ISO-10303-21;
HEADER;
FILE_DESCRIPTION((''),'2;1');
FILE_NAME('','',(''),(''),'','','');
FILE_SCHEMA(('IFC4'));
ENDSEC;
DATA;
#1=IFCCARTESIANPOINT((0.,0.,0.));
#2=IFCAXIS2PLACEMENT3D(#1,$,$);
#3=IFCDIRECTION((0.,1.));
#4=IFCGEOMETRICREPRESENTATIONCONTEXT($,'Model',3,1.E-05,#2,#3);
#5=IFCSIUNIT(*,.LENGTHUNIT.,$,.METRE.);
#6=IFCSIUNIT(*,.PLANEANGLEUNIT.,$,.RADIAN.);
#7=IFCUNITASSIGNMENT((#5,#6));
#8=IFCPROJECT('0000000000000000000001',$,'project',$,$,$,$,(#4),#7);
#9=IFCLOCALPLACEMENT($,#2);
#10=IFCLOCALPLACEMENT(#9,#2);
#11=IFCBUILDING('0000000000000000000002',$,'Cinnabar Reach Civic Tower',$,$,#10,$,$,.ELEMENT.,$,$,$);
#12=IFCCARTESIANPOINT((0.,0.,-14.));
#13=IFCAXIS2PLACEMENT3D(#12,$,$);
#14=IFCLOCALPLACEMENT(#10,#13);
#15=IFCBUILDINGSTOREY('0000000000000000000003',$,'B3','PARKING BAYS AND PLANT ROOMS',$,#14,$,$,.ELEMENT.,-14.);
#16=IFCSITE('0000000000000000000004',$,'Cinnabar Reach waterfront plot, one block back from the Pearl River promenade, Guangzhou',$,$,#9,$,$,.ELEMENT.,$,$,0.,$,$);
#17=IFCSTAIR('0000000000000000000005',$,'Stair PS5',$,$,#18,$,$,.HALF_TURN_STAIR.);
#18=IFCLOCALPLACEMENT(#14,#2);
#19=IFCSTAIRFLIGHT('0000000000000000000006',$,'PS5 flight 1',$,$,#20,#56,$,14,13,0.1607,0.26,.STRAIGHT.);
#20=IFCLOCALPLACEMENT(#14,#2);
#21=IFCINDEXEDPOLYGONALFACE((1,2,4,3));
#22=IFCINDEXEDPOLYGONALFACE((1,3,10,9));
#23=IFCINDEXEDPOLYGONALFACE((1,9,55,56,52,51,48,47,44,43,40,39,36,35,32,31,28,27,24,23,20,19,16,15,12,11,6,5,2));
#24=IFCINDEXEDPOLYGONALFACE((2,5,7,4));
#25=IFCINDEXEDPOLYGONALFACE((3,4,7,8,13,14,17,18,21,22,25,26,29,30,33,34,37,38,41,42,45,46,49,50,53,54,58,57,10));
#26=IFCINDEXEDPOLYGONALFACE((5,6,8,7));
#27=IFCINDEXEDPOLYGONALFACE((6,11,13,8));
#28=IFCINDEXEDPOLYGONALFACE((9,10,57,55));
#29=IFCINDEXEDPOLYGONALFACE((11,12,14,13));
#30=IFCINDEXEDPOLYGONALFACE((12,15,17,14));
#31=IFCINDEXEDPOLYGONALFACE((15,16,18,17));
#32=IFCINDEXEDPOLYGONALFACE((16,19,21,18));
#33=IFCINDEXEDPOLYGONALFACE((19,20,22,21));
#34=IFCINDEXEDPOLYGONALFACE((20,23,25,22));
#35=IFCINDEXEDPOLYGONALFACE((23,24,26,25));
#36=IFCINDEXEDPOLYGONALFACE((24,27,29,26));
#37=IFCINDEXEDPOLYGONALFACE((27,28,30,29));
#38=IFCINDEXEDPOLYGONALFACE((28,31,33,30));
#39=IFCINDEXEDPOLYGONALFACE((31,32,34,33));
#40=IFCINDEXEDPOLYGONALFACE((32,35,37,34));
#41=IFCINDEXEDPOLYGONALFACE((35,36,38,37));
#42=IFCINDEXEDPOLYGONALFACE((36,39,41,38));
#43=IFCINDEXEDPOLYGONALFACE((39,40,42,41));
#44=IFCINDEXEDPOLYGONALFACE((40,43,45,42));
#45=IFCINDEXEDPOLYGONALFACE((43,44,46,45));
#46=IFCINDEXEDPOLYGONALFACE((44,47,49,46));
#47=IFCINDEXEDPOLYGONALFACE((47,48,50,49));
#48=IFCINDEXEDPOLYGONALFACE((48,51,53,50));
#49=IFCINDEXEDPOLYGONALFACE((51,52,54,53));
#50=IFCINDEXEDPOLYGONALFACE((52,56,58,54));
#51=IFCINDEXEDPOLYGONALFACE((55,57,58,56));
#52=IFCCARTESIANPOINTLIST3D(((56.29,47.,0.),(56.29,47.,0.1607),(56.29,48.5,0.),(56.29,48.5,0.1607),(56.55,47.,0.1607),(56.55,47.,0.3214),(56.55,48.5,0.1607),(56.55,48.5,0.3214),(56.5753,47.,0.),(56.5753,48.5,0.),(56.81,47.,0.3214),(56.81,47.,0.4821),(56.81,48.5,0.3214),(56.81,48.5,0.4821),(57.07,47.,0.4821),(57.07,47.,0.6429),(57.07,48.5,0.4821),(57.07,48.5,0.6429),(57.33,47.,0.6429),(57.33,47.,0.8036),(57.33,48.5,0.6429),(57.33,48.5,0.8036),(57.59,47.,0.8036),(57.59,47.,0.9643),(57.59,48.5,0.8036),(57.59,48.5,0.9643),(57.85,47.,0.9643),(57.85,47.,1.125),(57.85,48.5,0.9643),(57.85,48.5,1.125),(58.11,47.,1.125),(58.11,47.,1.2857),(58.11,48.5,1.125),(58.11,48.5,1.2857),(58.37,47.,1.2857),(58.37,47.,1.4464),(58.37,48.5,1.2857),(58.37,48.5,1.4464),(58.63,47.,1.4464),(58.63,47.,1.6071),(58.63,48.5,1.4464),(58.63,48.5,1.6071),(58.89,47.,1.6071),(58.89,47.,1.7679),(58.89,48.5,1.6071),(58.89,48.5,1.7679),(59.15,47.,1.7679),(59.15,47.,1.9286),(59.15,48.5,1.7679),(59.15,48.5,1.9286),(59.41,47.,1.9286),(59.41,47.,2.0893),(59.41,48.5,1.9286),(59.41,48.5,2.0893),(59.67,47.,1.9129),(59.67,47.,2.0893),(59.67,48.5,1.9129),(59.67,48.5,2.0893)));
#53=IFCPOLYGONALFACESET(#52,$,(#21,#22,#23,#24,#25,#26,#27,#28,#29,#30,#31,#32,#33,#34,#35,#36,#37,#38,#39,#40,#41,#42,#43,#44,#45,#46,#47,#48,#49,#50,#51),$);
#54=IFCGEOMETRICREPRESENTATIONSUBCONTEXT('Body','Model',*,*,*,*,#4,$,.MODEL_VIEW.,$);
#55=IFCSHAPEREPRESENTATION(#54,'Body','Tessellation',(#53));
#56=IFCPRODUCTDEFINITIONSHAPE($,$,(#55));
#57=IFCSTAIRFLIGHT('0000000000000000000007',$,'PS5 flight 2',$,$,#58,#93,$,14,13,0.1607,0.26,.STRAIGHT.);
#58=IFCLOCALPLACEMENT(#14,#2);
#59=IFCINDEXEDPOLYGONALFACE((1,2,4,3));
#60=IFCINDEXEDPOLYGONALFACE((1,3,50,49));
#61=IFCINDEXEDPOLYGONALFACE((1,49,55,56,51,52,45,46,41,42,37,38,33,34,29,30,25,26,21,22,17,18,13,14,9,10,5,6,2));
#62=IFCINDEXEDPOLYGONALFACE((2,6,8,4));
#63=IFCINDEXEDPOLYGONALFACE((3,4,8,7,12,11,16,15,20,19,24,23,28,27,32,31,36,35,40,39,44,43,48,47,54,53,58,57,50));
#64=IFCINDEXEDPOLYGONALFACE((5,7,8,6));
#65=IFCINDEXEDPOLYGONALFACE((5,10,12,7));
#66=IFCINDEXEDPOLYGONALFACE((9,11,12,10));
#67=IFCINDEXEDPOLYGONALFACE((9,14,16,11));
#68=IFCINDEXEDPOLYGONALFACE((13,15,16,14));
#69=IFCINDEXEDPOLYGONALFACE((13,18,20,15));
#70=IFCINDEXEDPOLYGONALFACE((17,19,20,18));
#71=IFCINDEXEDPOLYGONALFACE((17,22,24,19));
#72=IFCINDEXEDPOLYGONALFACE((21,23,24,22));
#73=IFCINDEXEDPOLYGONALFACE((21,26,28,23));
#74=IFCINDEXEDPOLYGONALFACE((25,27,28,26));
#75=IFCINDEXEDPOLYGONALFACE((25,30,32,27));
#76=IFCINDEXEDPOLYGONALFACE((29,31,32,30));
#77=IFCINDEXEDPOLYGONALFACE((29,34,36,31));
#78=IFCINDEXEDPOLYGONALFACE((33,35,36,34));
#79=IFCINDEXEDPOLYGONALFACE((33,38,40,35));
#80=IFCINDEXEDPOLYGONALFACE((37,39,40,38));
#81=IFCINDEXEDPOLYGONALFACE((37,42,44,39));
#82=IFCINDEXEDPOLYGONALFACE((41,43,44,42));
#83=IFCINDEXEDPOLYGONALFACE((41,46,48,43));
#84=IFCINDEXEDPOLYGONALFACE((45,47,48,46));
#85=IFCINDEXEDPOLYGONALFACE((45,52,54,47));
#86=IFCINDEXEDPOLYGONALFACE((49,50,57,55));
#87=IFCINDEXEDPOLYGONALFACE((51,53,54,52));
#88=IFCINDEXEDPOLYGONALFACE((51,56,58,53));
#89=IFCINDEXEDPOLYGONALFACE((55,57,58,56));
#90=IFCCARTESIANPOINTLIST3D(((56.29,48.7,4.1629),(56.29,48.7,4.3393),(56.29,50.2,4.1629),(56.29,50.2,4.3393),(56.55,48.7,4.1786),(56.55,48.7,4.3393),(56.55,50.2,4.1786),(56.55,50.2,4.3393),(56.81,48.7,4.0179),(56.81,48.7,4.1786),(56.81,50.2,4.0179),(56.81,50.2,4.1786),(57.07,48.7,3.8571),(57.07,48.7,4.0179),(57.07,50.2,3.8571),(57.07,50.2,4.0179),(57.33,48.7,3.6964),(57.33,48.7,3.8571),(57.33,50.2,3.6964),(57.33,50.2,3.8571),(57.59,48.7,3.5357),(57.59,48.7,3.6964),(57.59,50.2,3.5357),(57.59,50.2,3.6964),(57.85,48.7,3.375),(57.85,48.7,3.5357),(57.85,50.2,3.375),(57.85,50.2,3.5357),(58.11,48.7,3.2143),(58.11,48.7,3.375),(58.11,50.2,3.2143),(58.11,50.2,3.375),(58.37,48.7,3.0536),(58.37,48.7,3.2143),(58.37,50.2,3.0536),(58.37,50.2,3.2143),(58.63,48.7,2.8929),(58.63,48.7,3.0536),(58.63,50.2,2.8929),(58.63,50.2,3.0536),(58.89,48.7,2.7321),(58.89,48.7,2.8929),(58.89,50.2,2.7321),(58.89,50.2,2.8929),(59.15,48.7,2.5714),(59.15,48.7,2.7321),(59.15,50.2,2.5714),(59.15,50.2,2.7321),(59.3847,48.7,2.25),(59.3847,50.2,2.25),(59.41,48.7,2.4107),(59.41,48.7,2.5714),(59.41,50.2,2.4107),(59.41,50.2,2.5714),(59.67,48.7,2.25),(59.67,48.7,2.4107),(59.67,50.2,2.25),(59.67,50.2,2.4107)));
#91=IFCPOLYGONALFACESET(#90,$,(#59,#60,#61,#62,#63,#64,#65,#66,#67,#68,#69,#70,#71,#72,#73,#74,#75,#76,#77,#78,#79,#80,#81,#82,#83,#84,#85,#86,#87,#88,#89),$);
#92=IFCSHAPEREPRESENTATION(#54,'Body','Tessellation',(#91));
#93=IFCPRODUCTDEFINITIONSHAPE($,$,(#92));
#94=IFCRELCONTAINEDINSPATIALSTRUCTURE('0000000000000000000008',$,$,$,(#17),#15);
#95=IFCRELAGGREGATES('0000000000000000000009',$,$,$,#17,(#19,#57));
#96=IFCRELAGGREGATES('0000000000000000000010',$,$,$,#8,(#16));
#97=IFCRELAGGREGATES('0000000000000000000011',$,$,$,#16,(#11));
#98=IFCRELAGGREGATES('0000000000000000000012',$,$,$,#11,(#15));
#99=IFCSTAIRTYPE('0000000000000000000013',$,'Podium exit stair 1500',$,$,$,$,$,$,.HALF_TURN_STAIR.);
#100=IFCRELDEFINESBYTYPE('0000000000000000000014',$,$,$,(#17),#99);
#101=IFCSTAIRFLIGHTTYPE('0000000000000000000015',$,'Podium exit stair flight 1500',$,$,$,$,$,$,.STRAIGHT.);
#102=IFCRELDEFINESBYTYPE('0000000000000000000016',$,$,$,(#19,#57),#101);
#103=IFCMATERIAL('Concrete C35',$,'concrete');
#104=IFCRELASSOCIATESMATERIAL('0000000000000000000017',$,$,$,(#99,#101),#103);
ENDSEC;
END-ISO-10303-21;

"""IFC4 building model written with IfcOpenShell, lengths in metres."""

from ifc_helpers import new_model, si_unit, direction, frame, origin, place, context, subcontext, project, spatial, polyline, outline, extrude, material, type_object, element, aggregate, save


model = new_model("IFC4")

# Units and contexts
model_context = context("Model", 3, precision=1e-05, world=origin(), true_north=direction((0.0, 1.0)))
body_context = subcontext(model_context, "Body", "Model", "MODEL_VIEW")
ifc_project = project(units=[si_unit("LENGTHUNIT", "METRE"), si_unit("PLANEANGLEUNIT", "RADIAN")], contexts=[model_context])

# Site, building, storey
site_placement = place(None, origin())
site = spatial("IfcSite", under=ifc_project, at=site_placement, Name="Cinnabar Reach waterfront plot, one block back from the Pearl River promenade, Guangzhou", CompositionType="ELEMENT", RefElevation=0.0)
building_placement = place(site_placement, origin())
building = spatial("IfcBuilding", under=site, at=building_placement, Name="Cinnabar Reach Civic Tower", CompositionType="ELEMENT")
storey_placement = place(building_placement, frame((0.0, 0.0, -14.0)))
storey = spatial("IfcBuildingStorey", under=building, at=storey_placement, Name="B3", Description="PARKING BAYS AND PLANT ROOMS", CompositionType="ELEMENT", Elevation=-14.0)

# Stair, stair flights
ifc_material_1 = material(Name="Concrete C35", Category="concrete")
stair_type = type_object("IfcStairType", Name="Podium exit stair 1500", PredefinedType="HALF_TURN_STAIR", material=ifc_material_1)
stair_placement = place(storey_placement, origin())
stair = element("IfcStair", 1, at=stair_placement, inside=storey, type_object=stair_type, Name="Stair PS5", PredefinedType="HALF_TURN_STAIR")
stair_flight_type = type_object("IfcStairFlightType", Name="Podium exit stair flight 1500", PredefinedType="STRAIGHT", material=ifc_material_1)
stair_flight_1_placement = place(storey_placement, frame((56.29, 47.75, 0.0), z_axis=(0.0, 0.0, 1.0), x_axis=(1.0, 0.0, 0.0)))
stair_flight_1 = element("IfcStairFlight", 2, at=stair_flight_1_placement, type_object=stair_flight_type, Name="PS5 flight 1", NumberOfRisers=14, NumberOfTreads=13, PredefinedType="STRAIGHT", RiserHeight=0.1607, TreadLength=0.26, context=body_context, shape_type="SweptSolid", body=[
    extrude(outline(polyline([(0.0, 0.0), (0.0, 0.1607), (0.26, 0.1607), (0.26, 0.3214), (0.52, 0.3214), (0.52, 0.4821), (0.78, 0.4821), (0.78, 0.6429), (1.04, 0.6429), (1.04, 0.8036), (1.3, 0.8036), (1.3, 0.9643), (1.56, 0.9643), (1.56, 1.125), (1.82, 1.125), (1.82, 1.2857), (2.08, 1.2857), (2.08, 1.4464), (2.34, 1.4464), (2.34, 1.6071), (2.6, 1.6071), (2.6, 1.7679), (2.86, 1.7679), (2.86, 1.9286), (3.12, 1.9286), (3.12, 2.0893), (3.38, 2.0893), (3.38, 2.25), (3.38, 1.9129), (0.2853, 0.0), (0.0, 0.0)])), frame((0.0, 0.75, 0.0), z_axis=(0.0, -1.0, 0.0), x_axis=(1.0, 0.0, 0.0)), (0.0, 0.0, 1.0), 1.5),
])
stair_flight_2_placement = place(storey_placement, frame((59.67, 49.45, 2.25), z_axis=(0.0, 0.0, 1.0), x_axis=(-1.0, 0.0, 0.0)))
stair_flight_2 = element("IfcStairFlight", 3, at=stair_flight_2_placement, type_object=stair_flight_type, Name="PS5 flight 2", NumberOfRisers=14, NumberOfTreads=13, PredefinedType="STRAIGHT", RiserHeight=0.1607, TreadLength=0.26, context=body_context, shape_type="SweptSolid", body=[
    extrude(outline(polyline([(0.0, 0.0), (0.0, 0.1607), (0.26, 0.1607), (0.26, 0.3214), (0.52, 0.3214), (0.52, 0.4821), (0.78, 0.4821), (0.78, 0.6429), (1.04, 0.6429), (1.04, 0.8036), (1.3, 0.8036), (1.3, 0.9643), (1.56, 0.9643), (1.56, 1.125), (1.82, 1.125), (1.82, 1.2857), (2.08, 1.2857), (2.08, 1.4464), (2.34, 1.4464), (2.34, 1.6071), (2.6, 1.6071), (2.6, 1.7679), (2.86, 1.7679), (2.86, 1.9286), (3.12, 1.9286), (3.12, 2.0893), (3.38, 2.0893), (3.38, 2.25), (3.38, 1.9129), (0.2853, 0.0), (0.0, 0.0)])), frame((0.0, 0.75, 0.0), z_axis=(0.0, -1.0, 0.0), x_axis=(1.0, 0.0, 0.0)), (0.0, 0.0, 1.0), 1.5),
])
aggregate(stair, [stair_flight_1, stair_flight_2])

save(model, "model.ifc")
